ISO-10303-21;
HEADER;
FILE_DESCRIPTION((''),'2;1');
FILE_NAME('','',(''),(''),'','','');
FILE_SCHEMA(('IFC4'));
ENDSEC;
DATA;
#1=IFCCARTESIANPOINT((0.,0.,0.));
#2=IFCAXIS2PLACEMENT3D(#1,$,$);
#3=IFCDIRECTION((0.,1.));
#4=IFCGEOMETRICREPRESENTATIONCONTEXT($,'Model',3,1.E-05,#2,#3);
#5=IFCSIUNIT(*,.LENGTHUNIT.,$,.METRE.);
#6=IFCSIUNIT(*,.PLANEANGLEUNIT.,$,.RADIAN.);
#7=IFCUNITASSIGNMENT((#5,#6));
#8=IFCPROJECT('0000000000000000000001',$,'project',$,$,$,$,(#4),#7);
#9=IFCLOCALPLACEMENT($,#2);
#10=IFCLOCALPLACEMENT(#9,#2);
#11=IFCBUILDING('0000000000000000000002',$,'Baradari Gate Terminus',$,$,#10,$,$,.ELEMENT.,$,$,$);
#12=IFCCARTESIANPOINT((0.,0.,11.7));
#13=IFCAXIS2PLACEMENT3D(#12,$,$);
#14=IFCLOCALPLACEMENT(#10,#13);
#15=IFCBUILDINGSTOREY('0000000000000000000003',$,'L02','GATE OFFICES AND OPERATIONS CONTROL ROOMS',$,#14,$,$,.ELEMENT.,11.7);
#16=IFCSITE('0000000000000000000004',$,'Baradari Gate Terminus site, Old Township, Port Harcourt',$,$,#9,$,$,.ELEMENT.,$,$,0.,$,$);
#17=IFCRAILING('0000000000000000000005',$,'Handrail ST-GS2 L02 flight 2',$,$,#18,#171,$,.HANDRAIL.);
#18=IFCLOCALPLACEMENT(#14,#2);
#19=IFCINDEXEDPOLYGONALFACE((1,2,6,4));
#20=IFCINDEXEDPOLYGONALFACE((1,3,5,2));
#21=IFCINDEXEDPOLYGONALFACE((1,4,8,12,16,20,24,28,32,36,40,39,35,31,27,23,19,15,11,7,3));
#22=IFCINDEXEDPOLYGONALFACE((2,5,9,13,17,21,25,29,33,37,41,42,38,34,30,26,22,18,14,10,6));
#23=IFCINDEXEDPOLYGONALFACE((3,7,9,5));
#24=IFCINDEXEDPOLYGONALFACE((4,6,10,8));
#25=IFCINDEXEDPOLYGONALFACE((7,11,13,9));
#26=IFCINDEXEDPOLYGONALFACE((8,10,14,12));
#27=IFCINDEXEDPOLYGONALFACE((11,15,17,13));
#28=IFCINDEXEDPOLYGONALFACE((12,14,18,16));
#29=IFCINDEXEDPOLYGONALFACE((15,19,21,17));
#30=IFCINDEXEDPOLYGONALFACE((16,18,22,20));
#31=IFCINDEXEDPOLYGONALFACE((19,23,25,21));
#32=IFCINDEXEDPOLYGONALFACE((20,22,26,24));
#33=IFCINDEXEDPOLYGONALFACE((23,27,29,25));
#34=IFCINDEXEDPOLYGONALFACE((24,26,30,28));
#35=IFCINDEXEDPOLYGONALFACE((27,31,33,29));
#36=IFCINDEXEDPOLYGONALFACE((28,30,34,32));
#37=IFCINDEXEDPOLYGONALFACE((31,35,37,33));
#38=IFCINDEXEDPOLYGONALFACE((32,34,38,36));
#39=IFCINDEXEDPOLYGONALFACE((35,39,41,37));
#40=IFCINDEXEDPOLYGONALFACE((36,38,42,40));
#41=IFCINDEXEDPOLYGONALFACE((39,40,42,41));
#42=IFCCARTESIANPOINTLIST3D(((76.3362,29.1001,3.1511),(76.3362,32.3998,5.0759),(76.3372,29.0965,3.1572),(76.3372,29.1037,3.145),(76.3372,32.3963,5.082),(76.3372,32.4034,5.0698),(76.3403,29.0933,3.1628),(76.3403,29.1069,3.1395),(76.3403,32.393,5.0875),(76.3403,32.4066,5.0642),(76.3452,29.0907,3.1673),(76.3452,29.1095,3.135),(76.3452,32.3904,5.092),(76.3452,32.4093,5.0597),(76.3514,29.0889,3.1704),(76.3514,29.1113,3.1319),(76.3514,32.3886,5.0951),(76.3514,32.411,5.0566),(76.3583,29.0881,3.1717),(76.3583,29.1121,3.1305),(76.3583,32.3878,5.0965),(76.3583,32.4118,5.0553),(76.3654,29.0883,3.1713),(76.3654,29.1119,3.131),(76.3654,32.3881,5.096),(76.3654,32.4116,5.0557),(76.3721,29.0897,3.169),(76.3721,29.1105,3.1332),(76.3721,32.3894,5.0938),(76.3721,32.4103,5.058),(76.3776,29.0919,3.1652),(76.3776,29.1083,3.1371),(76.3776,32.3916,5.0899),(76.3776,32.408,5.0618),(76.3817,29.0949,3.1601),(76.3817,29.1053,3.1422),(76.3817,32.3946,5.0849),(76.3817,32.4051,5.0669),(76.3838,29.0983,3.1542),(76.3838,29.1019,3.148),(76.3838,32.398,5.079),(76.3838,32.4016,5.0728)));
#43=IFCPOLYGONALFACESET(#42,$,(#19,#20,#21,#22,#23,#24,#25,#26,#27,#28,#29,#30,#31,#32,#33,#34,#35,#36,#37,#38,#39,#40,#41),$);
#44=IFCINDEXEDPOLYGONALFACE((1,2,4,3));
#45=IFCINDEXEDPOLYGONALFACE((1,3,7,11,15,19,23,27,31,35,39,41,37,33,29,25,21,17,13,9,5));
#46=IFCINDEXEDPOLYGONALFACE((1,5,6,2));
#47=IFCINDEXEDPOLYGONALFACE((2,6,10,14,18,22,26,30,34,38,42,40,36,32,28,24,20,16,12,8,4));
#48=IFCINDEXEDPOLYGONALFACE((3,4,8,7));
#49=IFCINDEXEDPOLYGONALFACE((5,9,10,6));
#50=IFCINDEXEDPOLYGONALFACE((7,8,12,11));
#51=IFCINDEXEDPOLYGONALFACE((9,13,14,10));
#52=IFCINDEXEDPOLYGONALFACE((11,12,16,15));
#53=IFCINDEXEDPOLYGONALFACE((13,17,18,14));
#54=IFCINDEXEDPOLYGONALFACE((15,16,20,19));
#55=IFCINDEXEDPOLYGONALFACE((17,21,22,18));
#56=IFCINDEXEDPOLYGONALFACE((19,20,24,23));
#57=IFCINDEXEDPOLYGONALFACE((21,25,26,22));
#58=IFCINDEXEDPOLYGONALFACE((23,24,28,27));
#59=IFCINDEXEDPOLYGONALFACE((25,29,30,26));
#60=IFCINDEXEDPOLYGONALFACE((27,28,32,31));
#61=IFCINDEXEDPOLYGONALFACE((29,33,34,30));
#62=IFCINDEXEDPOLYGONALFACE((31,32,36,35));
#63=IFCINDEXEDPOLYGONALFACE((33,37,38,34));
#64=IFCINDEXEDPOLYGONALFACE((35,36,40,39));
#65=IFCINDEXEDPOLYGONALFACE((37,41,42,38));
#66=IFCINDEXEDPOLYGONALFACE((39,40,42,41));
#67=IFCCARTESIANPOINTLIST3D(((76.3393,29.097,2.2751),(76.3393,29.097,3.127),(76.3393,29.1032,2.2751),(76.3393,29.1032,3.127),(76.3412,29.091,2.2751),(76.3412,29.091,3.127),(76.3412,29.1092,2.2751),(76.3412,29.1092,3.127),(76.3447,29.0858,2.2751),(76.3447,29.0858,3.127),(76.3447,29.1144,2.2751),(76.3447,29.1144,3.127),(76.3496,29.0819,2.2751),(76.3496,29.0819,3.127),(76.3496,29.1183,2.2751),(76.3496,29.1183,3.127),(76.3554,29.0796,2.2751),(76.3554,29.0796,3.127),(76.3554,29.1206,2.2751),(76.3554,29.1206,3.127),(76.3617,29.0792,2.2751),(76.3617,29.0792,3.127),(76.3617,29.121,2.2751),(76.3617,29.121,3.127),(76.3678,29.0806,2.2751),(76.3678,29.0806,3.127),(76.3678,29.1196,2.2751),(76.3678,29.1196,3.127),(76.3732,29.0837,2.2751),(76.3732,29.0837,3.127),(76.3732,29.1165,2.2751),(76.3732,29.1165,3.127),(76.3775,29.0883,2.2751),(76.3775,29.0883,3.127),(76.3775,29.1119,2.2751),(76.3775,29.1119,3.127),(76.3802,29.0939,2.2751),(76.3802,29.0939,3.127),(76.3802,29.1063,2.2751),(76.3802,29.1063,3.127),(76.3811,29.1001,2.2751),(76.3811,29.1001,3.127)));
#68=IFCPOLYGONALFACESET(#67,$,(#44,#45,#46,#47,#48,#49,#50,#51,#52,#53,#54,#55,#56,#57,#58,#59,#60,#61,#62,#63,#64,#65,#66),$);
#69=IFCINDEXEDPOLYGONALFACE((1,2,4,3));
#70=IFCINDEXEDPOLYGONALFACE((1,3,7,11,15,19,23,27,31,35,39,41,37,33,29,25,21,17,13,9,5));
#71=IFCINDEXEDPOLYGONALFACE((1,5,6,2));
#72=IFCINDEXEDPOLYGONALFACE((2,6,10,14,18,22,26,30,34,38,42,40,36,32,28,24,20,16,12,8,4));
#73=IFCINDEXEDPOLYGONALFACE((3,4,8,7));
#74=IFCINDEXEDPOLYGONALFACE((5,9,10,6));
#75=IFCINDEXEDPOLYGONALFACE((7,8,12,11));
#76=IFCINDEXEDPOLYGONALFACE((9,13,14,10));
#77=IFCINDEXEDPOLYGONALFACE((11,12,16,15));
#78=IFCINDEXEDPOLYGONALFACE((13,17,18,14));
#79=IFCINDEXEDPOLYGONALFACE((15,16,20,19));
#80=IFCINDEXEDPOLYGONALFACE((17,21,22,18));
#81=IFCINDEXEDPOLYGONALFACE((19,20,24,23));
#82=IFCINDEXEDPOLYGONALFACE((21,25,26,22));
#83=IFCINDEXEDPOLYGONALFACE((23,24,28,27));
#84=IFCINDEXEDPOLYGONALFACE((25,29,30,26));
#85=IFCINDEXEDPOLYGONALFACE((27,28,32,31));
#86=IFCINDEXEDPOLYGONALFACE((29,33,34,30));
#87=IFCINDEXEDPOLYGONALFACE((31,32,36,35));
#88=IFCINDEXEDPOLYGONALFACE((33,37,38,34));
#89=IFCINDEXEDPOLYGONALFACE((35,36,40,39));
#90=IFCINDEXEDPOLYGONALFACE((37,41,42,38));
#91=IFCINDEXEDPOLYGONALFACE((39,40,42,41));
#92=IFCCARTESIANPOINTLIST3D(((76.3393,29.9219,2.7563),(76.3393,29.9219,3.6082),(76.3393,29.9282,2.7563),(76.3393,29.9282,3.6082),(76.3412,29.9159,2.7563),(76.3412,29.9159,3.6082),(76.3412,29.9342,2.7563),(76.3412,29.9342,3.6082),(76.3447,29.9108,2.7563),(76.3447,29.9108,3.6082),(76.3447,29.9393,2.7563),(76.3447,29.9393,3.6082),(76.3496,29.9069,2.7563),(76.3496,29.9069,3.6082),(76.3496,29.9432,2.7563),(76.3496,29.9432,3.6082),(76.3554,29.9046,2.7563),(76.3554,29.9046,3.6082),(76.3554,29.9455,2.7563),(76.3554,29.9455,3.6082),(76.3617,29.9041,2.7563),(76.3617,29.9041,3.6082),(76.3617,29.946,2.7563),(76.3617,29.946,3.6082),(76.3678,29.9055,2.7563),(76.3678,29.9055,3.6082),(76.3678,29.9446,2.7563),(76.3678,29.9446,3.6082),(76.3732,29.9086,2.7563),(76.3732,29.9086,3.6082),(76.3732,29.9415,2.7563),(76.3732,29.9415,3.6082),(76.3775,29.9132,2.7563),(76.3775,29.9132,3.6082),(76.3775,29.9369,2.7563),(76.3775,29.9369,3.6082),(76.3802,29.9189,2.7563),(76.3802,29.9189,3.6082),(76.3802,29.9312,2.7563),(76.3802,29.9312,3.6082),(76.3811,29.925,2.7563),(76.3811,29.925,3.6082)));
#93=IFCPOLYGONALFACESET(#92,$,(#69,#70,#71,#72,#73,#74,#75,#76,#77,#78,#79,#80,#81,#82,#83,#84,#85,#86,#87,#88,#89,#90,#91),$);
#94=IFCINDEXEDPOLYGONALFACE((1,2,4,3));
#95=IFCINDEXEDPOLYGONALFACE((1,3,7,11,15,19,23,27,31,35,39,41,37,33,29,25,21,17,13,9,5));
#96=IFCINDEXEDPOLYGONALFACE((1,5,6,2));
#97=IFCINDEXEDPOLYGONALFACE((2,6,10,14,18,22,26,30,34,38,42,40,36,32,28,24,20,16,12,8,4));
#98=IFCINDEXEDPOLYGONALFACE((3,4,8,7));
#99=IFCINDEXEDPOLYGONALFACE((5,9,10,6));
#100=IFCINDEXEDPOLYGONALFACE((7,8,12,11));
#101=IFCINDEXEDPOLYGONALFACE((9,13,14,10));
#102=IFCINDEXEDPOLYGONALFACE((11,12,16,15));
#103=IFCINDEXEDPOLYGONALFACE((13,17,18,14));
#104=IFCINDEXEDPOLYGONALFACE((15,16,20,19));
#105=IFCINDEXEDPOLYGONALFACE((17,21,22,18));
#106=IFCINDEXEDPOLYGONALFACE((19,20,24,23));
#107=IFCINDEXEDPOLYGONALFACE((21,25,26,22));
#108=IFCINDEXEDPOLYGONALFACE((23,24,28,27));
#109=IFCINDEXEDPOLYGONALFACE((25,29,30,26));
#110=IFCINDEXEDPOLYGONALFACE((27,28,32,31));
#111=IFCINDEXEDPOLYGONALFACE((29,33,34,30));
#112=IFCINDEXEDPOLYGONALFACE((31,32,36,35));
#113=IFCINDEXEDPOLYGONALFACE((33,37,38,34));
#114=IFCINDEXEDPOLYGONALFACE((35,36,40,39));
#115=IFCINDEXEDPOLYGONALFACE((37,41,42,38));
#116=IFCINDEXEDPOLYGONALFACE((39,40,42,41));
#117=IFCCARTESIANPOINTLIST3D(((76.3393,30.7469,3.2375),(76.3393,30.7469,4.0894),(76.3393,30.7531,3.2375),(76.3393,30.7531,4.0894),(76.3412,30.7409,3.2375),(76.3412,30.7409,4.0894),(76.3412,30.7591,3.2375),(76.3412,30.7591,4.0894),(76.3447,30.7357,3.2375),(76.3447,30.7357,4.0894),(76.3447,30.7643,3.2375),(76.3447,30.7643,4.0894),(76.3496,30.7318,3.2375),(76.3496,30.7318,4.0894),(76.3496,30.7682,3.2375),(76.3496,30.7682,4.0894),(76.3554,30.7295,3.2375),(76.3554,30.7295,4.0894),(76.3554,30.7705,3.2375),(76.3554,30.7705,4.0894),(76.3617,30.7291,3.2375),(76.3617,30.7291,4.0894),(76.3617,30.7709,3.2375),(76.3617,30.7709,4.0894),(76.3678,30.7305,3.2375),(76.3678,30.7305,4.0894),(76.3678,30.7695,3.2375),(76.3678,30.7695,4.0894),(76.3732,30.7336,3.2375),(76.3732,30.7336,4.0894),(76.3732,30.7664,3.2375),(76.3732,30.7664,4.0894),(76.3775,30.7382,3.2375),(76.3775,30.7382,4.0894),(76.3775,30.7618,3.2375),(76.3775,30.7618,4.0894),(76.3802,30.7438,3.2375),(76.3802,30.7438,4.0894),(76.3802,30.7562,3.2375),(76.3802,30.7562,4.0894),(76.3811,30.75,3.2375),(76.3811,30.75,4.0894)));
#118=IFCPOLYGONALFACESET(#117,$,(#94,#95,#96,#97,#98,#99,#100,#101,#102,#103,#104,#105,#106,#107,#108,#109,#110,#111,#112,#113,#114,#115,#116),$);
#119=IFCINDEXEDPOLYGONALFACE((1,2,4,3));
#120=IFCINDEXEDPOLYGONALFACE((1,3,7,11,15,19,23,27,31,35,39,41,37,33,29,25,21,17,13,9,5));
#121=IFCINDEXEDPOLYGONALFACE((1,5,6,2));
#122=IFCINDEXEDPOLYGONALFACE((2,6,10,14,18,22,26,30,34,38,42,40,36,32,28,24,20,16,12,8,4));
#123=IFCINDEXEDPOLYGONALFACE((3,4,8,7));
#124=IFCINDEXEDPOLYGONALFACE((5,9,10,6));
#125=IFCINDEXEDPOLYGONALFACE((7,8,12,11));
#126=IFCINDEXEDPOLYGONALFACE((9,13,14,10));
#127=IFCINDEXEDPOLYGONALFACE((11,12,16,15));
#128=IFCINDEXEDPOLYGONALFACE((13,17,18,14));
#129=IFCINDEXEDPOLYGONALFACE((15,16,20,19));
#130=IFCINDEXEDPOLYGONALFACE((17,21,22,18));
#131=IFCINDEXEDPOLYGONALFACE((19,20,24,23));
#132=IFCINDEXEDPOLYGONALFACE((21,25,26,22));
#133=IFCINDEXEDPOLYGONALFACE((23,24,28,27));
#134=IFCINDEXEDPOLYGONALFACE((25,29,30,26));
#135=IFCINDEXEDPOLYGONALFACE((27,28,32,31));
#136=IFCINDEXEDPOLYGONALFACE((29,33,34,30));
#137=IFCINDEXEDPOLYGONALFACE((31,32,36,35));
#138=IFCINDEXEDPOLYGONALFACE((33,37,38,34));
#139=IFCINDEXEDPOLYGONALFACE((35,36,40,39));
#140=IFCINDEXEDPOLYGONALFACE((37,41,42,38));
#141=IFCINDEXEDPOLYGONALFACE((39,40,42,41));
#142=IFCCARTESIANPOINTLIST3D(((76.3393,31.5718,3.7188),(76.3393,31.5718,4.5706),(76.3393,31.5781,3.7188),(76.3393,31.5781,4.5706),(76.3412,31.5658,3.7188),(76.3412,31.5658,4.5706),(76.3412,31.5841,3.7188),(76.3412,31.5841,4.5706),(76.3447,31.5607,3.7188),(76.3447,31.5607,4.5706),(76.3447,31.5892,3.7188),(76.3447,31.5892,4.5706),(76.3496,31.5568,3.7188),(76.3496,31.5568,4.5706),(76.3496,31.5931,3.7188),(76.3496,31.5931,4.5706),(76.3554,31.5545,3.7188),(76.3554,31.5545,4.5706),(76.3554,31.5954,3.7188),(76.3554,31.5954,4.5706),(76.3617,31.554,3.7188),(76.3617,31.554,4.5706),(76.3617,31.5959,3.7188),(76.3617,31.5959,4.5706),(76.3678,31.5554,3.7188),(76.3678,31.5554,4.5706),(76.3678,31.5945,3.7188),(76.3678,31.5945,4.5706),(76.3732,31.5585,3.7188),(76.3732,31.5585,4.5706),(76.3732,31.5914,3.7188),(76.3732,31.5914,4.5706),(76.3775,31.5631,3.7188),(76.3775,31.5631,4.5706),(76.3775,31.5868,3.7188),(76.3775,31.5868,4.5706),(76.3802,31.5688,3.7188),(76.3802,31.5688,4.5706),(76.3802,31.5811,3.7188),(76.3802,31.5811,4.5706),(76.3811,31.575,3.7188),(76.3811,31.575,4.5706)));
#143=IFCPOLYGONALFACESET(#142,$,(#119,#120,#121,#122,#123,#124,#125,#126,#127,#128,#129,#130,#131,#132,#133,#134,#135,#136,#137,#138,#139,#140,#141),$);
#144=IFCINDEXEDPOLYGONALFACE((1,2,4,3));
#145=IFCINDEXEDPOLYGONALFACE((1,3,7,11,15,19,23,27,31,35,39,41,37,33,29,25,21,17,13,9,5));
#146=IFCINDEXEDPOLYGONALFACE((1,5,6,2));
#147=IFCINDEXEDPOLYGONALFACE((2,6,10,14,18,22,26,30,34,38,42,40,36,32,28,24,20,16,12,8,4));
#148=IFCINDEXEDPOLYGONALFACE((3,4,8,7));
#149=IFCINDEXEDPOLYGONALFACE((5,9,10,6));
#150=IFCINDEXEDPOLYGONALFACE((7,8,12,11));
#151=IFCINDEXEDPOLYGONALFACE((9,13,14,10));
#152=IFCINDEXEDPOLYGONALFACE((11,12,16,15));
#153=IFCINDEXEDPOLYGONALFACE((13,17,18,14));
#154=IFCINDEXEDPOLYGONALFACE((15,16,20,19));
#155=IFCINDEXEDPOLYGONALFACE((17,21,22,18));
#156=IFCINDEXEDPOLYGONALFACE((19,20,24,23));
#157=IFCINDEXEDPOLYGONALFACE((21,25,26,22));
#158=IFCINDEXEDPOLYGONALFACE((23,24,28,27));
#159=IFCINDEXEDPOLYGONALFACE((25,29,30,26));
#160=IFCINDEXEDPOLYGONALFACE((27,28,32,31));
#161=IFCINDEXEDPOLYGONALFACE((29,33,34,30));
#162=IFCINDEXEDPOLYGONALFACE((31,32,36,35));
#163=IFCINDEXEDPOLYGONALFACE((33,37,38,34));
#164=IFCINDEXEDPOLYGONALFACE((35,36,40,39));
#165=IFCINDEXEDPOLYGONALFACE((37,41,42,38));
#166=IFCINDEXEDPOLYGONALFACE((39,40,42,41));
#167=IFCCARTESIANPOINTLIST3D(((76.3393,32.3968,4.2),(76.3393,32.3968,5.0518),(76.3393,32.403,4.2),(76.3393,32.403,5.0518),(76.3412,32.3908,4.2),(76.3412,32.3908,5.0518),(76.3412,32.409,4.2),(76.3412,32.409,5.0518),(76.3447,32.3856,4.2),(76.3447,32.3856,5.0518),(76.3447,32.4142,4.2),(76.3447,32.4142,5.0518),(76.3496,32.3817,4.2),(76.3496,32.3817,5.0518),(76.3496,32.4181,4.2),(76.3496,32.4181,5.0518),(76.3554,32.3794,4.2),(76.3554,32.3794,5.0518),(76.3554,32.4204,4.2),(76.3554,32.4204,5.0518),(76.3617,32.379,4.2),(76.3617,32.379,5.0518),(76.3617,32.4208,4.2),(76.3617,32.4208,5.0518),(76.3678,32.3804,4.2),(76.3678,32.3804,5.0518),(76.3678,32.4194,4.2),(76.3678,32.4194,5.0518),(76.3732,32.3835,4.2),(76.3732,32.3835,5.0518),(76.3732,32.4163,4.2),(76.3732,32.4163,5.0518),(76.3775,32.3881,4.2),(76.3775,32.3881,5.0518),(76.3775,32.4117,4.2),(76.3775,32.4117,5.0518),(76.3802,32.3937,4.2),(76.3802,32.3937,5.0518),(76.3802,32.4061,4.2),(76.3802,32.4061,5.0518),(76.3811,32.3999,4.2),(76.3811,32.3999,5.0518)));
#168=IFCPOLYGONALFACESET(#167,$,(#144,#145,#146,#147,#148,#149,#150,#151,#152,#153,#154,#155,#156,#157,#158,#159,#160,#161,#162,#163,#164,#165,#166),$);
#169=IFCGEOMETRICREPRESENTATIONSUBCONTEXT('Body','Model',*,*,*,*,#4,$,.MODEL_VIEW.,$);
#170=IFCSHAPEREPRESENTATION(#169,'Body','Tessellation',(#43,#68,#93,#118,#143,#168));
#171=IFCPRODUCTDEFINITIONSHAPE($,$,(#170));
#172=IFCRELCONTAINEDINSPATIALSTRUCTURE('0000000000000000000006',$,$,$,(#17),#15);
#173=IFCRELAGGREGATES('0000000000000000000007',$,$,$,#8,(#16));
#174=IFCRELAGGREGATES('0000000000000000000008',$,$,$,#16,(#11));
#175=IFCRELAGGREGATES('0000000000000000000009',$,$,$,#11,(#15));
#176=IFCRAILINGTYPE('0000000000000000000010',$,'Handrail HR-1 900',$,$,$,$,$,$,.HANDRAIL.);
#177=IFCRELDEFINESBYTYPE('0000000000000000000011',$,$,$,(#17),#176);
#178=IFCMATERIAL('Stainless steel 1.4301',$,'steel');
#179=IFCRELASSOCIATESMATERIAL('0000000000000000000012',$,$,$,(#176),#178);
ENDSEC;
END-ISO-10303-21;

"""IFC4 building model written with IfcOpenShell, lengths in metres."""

from ifc_helpers import new_model, si_unit, direction, frame, origin, origin_2d, place, context, subcontext, project, spatial, circle, extrude, material, type_object, element, save


model = new_model("IFC4")

# Units and contexts
model_context = context("Model", 3, precision=1e-05, world=origin(), true_north=direction((0.0, 1.0)))
body_context = subcontext(model_context, "Body", "Model", "MODEL_VIEW")
ifc_project = project(units=[si_unit("LENGTHUNIT", "METRE"), si_unit("PLANEANGLEUNIT", "RADIAN")], contexts=[model_context])

# Site, building, storey
site_placement = place(None, origin())
site = spatial("IfcSite", under=ifc_project, at=site_placement, Name="Baradari Gate Terminus site, Old Township, Port Harcourt", CompositionType="ELEMENT", RefElevation=0.0)
building_placement = place(site_placement, origin())
building = spatial("IfcBuilding", under=site, at=building_placement, Name="Baradari Gate Terminus", CompositionType="ELEMENT")
storey_placement = place(building_placement, frame((0.0, 0.0, 11.7)))
storey = spatial("IfcBuildingStorey", under=building, at=storey_placement, Name="L02", Description="GATE OFFICES AND OPERATIONS CONTROL ROOMS", CompositionType="ELEMENT", Elevation=11.7)

# Railing
ifc_material_1 = material(Name="Stainless steel 1.4301", Category="steel")
railing_type = type_object("IfcRailingType", Name="Handrail HR-1 900", PredefinedType="HANDRAIL", material=ifc_material_1)
for number, where, name in (
    (1, (76.3601, 29.1001, 2.2751), "Handrail ST-GS2 L02 flight 2"),
):
    element("IfcRailing", number, at=place(storey_placement, frame(where)), inside=storey, type_object=railing_type, Name=name, PredefinedType="HANDRAIL", context=body_context, shape_type="SweptSolid", body=[
        extrude(circle(Radius=0.0239, at=origin_2d()), frame((0.0, 0.0, 0.876), z_axis=(0.0, 0.863788, 0.503855), x_axis=(-1.0, 0.0, 0.0)), (0.0, 0.0, 1.0), 3.8201),
        extrude(circle(Radius=0.021, at=origin_2d()), origin(), (0.0, 0.0, 1.0), 0.8518),
        extrude(circle(Radius=0.021, at=origin_2d()), frame((0.0, 0.825, 0.4812)), (0.0, 0.0, 1.0), 0.8518),
        extrude(circle(Radius=0.021, at=origin_2d()), frame((0.0, 1.6499, 0.9624)), (0.0, 0.0, 1.0), 0.8518),
        extrude(circle(Radius=0.021, at=origin_2d()), frame((0.0, 2.4749, 1.4436)), (0.0, 0.0, 1.0), 0.8518),
        extrude(circle(Radius=0.021, at=origin_2d()), frame((0.0, 3.2998, 1.9248)), (0.0, 0.0, 1.0), 0.8518),
    ])

save(model, "model.ifc")
